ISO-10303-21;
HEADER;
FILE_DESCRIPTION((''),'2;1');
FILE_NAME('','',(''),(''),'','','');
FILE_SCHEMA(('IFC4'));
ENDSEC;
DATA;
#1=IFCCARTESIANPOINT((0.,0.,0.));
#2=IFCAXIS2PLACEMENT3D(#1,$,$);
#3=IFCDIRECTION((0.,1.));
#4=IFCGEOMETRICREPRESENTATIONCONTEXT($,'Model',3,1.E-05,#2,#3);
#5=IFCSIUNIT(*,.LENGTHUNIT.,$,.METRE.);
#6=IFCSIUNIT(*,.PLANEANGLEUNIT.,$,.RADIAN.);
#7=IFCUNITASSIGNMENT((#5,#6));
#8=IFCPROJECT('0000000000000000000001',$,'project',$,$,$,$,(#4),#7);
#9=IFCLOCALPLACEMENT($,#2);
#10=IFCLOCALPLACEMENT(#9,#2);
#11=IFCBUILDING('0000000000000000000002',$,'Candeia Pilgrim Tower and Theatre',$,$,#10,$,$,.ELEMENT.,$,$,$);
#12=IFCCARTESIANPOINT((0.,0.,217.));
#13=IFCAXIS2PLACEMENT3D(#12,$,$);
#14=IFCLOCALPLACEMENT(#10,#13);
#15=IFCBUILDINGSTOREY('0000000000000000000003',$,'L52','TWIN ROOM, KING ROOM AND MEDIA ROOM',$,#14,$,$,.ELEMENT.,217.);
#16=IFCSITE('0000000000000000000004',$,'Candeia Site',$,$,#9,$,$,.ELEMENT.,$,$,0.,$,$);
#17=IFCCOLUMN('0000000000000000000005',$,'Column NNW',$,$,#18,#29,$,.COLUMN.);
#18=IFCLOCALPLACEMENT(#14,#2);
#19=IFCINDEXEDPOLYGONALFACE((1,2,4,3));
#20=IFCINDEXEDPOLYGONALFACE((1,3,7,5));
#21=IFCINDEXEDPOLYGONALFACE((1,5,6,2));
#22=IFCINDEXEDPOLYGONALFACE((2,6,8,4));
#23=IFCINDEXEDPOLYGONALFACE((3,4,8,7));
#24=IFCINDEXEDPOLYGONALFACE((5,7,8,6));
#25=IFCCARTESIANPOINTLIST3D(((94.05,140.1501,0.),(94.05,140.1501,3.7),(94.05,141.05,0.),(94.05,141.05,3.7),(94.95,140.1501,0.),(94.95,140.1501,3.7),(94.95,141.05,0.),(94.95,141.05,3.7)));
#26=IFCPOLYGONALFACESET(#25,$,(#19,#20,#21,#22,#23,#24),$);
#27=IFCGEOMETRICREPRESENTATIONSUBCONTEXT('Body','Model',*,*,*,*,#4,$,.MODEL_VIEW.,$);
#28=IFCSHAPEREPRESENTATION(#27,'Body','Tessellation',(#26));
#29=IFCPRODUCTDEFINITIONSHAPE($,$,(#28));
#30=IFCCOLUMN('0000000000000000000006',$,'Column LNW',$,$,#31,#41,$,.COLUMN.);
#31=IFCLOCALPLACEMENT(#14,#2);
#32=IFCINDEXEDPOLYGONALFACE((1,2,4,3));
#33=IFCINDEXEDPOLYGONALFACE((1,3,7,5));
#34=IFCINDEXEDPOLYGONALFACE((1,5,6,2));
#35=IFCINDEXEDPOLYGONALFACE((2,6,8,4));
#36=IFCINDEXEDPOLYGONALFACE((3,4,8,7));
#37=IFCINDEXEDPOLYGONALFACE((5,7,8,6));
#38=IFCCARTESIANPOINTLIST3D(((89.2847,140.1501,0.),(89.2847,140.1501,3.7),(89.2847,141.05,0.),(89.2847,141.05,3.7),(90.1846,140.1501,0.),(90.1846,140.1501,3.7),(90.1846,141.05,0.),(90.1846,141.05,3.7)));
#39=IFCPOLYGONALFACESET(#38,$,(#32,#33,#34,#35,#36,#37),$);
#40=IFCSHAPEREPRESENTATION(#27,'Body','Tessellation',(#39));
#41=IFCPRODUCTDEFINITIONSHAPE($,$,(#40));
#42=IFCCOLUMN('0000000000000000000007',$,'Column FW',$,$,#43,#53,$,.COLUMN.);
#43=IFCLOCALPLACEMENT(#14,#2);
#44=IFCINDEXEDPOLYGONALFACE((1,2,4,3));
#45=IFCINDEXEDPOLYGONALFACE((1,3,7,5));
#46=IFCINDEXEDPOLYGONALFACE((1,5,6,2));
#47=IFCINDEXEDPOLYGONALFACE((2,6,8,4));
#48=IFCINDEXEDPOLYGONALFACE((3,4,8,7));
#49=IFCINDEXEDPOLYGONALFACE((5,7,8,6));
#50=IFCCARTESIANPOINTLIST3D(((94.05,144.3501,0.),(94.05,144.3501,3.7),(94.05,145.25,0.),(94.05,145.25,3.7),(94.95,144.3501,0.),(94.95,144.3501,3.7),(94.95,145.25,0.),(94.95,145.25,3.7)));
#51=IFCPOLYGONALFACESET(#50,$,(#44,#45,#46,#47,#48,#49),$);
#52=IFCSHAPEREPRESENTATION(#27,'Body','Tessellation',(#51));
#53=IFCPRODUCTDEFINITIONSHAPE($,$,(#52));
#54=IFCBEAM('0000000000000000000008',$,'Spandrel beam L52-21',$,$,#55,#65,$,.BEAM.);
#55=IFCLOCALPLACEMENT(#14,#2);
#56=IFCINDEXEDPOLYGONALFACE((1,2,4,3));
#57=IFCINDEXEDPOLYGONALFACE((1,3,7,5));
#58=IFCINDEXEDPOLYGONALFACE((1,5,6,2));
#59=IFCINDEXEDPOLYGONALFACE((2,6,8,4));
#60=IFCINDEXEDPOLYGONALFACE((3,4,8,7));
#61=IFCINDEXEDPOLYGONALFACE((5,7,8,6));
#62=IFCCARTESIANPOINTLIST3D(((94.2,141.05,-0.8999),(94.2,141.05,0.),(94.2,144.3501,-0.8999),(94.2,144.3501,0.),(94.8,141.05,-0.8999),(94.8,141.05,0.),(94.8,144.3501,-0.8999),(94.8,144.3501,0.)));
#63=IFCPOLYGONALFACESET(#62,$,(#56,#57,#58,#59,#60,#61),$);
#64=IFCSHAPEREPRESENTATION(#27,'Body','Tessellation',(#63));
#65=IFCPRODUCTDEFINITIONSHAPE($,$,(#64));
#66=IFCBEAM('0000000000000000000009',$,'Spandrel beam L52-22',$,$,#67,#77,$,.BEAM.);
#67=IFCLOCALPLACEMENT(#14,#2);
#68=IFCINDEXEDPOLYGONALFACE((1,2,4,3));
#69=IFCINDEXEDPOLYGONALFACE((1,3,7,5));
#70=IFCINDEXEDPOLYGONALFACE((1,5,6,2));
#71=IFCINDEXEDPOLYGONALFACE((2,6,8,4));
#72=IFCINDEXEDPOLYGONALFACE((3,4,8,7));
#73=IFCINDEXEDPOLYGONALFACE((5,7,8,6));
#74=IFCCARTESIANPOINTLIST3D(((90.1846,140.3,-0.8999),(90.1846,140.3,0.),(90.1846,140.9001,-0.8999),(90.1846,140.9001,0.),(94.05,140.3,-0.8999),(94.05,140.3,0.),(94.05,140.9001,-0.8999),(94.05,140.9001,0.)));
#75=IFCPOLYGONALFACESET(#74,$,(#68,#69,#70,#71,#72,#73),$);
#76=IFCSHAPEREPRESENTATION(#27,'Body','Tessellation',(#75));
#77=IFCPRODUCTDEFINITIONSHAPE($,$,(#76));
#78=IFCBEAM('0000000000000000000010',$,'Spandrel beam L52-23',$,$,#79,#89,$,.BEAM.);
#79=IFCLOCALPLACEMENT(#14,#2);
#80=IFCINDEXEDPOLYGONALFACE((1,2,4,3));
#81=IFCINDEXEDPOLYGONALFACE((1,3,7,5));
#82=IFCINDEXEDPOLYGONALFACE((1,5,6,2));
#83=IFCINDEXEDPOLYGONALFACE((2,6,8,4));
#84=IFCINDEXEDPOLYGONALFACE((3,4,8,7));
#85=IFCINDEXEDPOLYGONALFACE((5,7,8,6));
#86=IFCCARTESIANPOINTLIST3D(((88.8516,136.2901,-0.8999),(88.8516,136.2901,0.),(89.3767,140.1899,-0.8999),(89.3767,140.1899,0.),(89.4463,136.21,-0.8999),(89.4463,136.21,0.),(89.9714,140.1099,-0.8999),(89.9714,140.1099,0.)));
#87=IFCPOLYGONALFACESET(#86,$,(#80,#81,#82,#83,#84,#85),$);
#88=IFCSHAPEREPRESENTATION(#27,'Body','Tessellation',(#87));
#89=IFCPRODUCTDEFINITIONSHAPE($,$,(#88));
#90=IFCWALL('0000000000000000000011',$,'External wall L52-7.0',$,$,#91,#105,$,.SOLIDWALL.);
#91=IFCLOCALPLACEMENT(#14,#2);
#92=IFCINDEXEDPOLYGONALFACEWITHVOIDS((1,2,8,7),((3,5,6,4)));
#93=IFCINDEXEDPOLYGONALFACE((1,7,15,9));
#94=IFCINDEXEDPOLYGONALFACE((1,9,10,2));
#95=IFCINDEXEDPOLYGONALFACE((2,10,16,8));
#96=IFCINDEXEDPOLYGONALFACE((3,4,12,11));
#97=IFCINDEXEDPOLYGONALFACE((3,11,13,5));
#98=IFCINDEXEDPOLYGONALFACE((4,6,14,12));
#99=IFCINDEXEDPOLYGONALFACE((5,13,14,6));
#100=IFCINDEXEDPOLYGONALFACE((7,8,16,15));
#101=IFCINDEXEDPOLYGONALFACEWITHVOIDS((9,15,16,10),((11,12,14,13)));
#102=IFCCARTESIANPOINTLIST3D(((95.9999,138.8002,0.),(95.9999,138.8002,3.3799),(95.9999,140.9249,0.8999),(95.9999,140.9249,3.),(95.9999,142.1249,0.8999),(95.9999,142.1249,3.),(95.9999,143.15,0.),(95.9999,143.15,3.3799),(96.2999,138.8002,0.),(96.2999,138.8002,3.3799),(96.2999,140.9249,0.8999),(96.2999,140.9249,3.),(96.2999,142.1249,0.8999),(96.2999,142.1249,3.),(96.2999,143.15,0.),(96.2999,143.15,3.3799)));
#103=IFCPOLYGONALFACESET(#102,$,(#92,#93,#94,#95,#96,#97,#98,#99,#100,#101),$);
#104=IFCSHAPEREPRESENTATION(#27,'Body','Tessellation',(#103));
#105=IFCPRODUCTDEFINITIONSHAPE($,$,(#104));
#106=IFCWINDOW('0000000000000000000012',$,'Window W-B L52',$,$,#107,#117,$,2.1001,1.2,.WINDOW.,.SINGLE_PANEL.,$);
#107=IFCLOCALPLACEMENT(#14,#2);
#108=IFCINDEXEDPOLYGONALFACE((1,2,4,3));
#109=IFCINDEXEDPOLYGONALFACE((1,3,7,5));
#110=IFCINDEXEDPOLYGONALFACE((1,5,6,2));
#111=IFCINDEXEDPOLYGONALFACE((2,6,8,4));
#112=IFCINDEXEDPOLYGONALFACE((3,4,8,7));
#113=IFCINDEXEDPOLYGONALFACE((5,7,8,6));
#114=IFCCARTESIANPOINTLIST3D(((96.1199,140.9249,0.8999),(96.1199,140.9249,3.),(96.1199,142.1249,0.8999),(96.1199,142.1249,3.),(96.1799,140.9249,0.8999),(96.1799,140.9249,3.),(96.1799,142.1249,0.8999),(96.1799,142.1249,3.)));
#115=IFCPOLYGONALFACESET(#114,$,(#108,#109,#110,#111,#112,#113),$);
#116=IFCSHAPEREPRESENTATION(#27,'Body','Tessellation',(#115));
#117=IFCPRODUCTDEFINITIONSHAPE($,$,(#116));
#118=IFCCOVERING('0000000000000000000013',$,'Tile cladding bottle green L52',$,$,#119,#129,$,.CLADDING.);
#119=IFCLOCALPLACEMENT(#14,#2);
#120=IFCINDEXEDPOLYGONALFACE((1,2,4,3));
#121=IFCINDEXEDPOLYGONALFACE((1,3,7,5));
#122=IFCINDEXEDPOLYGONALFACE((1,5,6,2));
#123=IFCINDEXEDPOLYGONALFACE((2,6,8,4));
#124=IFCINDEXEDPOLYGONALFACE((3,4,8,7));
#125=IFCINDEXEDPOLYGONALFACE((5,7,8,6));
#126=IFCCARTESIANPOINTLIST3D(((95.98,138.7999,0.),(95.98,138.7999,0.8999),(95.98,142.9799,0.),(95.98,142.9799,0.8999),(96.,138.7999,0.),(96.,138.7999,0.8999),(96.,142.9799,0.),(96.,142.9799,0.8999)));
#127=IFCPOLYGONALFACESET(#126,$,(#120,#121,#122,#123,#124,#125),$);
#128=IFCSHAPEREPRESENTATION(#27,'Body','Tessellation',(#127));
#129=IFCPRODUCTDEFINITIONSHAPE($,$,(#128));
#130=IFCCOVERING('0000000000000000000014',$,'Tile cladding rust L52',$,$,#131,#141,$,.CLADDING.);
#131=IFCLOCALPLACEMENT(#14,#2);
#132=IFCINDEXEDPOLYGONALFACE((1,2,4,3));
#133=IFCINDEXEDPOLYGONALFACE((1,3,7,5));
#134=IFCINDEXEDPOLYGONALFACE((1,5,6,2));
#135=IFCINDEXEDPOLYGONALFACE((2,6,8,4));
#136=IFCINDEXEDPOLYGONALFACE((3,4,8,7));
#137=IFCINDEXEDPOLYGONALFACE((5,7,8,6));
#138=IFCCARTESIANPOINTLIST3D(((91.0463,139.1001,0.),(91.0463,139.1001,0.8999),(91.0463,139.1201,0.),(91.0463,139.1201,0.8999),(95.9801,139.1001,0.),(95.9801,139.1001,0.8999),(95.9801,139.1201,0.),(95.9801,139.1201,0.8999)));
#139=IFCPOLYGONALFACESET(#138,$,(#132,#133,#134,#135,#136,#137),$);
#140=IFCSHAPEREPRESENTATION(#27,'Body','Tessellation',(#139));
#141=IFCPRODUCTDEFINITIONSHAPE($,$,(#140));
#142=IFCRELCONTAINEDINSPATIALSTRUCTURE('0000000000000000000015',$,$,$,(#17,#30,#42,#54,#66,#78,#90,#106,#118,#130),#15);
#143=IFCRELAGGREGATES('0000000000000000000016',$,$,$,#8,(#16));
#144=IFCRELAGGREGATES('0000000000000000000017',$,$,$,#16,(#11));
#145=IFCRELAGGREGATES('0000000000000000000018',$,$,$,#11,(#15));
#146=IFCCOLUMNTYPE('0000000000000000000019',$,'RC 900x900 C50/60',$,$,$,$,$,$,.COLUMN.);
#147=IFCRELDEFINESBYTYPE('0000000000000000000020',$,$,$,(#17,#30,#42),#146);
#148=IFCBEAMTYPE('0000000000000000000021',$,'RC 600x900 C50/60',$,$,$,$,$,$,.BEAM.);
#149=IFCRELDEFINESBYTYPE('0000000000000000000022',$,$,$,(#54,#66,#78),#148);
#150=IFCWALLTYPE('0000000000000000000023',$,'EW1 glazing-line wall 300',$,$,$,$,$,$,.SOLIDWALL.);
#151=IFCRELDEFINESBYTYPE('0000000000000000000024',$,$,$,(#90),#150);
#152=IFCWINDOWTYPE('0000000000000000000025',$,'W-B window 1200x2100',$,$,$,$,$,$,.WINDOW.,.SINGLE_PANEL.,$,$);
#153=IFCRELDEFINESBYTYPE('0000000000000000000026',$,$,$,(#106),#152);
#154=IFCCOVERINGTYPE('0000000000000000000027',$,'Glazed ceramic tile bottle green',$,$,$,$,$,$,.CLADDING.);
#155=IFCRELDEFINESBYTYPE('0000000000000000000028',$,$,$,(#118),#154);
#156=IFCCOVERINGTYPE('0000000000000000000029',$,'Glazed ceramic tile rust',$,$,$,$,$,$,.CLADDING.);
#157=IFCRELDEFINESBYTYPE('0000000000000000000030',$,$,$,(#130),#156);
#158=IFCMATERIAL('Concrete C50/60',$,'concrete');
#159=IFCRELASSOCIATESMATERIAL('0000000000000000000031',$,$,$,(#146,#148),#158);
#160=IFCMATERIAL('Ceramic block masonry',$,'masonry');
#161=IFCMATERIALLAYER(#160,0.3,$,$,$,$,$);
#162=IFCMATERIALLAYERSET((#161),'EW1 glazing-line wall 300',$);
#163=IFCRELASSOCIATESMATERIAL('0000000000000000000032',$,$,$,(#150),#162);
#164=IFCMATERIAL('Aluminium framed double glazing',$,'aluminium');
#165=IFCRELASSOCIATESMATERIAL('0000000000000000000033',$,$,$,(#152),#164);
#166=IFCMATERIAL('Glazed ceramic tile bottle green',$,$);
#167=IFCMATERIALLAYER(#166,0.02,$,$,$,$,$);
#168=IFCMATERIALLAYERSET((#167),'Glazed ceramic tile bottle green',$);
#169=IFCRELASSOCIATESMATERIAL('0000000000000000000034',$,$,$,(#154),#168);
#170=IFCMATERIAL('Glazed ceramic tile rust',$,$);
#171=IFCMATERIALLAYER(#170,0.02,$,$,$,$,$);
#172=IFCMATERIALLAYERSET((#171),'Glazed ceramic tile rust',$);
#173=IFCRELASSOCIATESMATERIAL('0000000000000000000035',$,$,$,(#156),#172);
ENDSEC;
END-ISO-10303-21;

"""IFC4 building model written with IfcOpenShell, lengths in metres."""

from ifc_helpers import new_model, si_unit, direction, frame, frame_2d, origin, origin_2d, place, context, subcontext, project, spatial, rectangle, extrude, material, layer, layer_set, material_profile, profile_set, type_object, element, fill, save


model = new_model("IFC4")

# Units and contexts
model_context = context("Model", 3, precision=1e-05, world=origin(), true_north=direction((0.0, 1.0)))
body_context = subcontext(model_context, "Body", "Model", "MODEL_VIEW")
ifc_project = project(units=[si_unit("LENGTHUNIT", "METRE"), si_unit("PLANEANGLEUNIT", "RADIAN")], contexts=[model_context])

# Site, building, storey
site_placement = place(None, origin())
site = spatial("IfcSite", under=ifc_project, at=site_placement, Name="Candeia Site", CompositionType="ELEMENT", RefElevation=0.0)
building_placement = place(site_placement, origin())
building = spatial("IfcBuilding", under=site, at=building_placement, Name="Candeia Pilgrim Tower and Theatre", CompositionType="ELEMENT")
storey_placement = place(building_placement, frame((0.0, 0.0, 217.0)))
storey = spatial("IfcBuildingStorey", under=building, at=storey_placement, Name="L52", Description="TWIN ROOM, KING ROOM AND MEDIA ROOM", CompositionType="ELEMENT", Elevation=217.0)

# Columns
ifc_material_1 = material(Name="Concrete C50/60", Category="concrete")
ifc_material_profile_1 = material_profile(ifc_material_1, rectangle(XDim=0.8999, YDim=0.8999, at=origin_2d()))
ifc_profile_set_1 = profile_set([ifc_material_profile_1], Name="Concrete C50/60")
column_type = type_object("IfcColumnType", Name="RC 900x900 C50/60", PredefinedType="COLUMN", material=ifc_profile_set_1)
for number, where, z_axis, x_axis, name in (
    (1, (94.5, 140.6001, 0.0), (0.0, 0.0, 1.0), (1.0, 0.0, 0.0), "Column NNW"),
    (2, (89.7346, 140.6001, 0.0), (0.0, 0.0, 1.0), (1.0, 0.0, 0.0), "Column LNW"),
    (3, (94.5, 144.8, 0.0), (0.0, 0.0, 1.0), (1.0, 0.0, 0.0), "Column FW"),
):
    element("IfcColumn", number, at=place(storey_placement, frame(where, z_axis=z_axis, x_axis=x_axis)), inside=storey, type_object=column_type, Name=name, PredefinedType="COLUMN", context=body_context, shape_type="SweptSolid", body=[
        extrude(rectangle(XDim=0.8999, YDim=0.8999, at=origin_2d()), origin(), (0.0, 0.0, 1.0), 3.7),
    ])

# Beams
ifc_material_profile_2 = material_profile(ifc_material_1, rectangle(XDim=0.6001, YDim=0.8999, at=origin_2d()))
ifc_profile_set_2 = profile_set([ifc_material_profile_2], Name="Concrete C50/60")
beam_type = type_object("IfcBeamType", Name="RC 600x900 C50/60", PredefinedType="BEAM", material=ifc_profile_set_2)
beam_1_placement = place(storey_placement, frame((94.5, 144.3501, -0.45), z_axis=(0.0, -1.0, 0.0), x_axis=(1.0, 0.0, 0.0)))
element("IfcBeam", 4, at=beam_1_placement, inside=storey, type_object=beam_type, Name="Spandrel beam L52-21", PredefinedType="BEAM", context=body_context, shape_type="SweptSolid", body=[
    extrude(rectangle(XDim=0.6001, YDim=0.8999, at=origin_2d()), origin(), (0.0, 0.0, 1.0), 3.3),
])
beam_2_placement = place(storey_placement, frame((94.05, 140.6001, -0.45), z_axis=(-1.0, 0.0, 0.0), x_axis=(0.0, -1.0, 0.0)))
element("IfcBeam", 5, at=beam_2_placement, inside=storey, type_object=beam_type, Name="Spandrel beam L52-22", PredefinedType="BEAM", context=body_context, shape_type="SweptSolid", body=[
    extrude(rectangle(XDim=0.6001, YDim=0.8999, at=origin_2d()), origin(), (0.0, 0.0, 1.0), 3.8655),
])
beam_3_placement = place(storey_placement, frame((89.6741, 140.1499, -0.45), z_axis=(-0.133452, -0.991055, 0.0), x_axis=(0.991055, -0.133452, 0.0)))
element("IfcBeam", 6, at=beam_3_placement, inside=storey, type_object=beam_type, Name="Spandrel beam L52-23", PredefinedType="BEAM", context=body_context, shape_type="SweptSolid", body=[
    extrude(rectangle(XDim=0.6001, YDim=0.8999, at=origin_2d()), origin(), (0.0, 0.0, 1.0), 3.9351),
])

# Wall, opening, window
ifc_material_2 = material(Name="Ceramic block masonry", Category="masonry")
ifc_layer_1 = layer(ifc_material_2, 0.3)
ifc_layer_set_1 = layer_set([ifc_layer_1], Name="EW1 glazing-line wall 300")
wall_type = type_object("IfcWallType", Name="EW1 glazing-line wall 300", PredefinedType="SOLIDWALL", material=ifc_layer_set_1)
wall_placement = place(storey_placement, frame((96.1499, 143.1499, 0.0), z_axis=(0.0, 0.0, 1.0), x_axis=(0.0, -1.0, 0.0)))
wall = element("IfcWall", 7, at=wall_placement, inside=storey, type_object=wall_type, Name="External wall L52-7.0", PredefinedType="SOLIDWALL", context=body_context, shape_type="SweptSolid", body=[
    extrude(rectangle(XDim=4.3499, YDim=0.3, at=frame_2d((2.1748, 0.0))), origin(), (0.0, 0.0, 1.0), 3.3799),
])
opening_placement = place(wall_placement, frame((1.0249, 0.0, 0.8999)))
opening = element("IfcOpeningElement", 8, at=opening_placement, cuts=wall, PredefinedType="OPENING", context=body_context, shape_type="SweptSolid", body=[
    extrude(rectangle(XDim=1.2, YDim=2.1001, at=frame_2d((0.6001, 1.05))), frame((0.0, 0.1602, 0.0), z_axis=(0.0, -1.0, 0.0), x_axis=(1.0, 0.0, 0.0)), (0.0, 0.0, 1.0), 0.3201),
])
ifc_material_3 = material(Name="Aluminium framed double glazing", Category="aluminium")
window_type = type_object("IfcWindowType", Name="W-B window 1200x2100", PartitioningType="SINGLE_PANEL", PredefinedType="WINDOW", material=ifc_material_3)
window_placement = place(opening_placement, origin())
window = element("IfcWindow", 9, at=window_placement, inside=storey, type_object=window_type, Name="Window W-B L52", OverallHeight=2.1001, OverallWidth=1.2, PartitioningType="SINGLE_PANEL", PredefinedType="WINDOW", context=body_context, shape_type="SweptSolid", body=[
    extrude(rectangle(XDim=1.2, YDim=2.1001, at=frame_2d((0.6001, 1.05))), frame((0.0, 0.03, 0.0), z_axis=(0.0, -1.0, 0.0), x_axis=(1.0, 0.0, 0.0)), (0.0, 0.0, 1.0), 0.0601),
])
fill(opening, window)

# Coverings
ifc_material_4 = material(Name="Glazed ceramic tile bottle green")
ifc_layer_2 = layer(ifc_material_4, 0.02)
ifc_layer_set_2 = layer_set([ifc_layer_2], Name="Glazed ceramic tile bottle green")
covering_type_1 = type_object("IfcCoveringType", Name="Glazed ceramic tile bottle green", PredefinedType="CLADDING", material=ifc_layer_set_2)
covering_1_placement = place(storey_placement, frame((95.99, 140.8899, 0.0), z_axis=(0.0, 0.0, 1.0), x_axis=(0.0, -1.0, 0.0)))
element("IfcCovering", 10, at=covering_1_placement, inside=storey, type_object=covering_type_1, Name="Tile cladding bottle green L52", PredefinedType="CLADDING", context=body_context, shape_type="SweptSolid", body=[
    extrude(rectangle(XDim=4.1799, YDim=0.02, at=origin_2d()), origin(), (0.0, 0.0, 1.0), 0.8999),
])
ifc_material_5 = material(Name="Glazed ceramic tile rust")
ifc_layer_3 = layer(ifc_material_5, 0.02)
ifc_layer_set_3 = layer_set([ifc_layer_3], Name="Glazed ceramic tile rust")
covering_type_2 = type_object("IfcCoveringType", Name="Glazed ceramic tile rust", PredefinedType="CLADDING", material=ifc_layer_set_3)
covering_2_placement = place(storey_placement, frame((93.5132, 139.1101, 0.0), z_axis=(0.0, 0.0, 1.0), x_axis=(-1.0, 0.0, 0.0)))
element("IfcCovering", 11, at=covering_2_placement, inside=storey, type_object=covering_type_2, Name="Tile cladding rust L52", PredefinedType="CLADDING", context=body_context, shape_type="SweptSolid", body=[
    extrude(rectangle(XDim=4.9338, YDim=0.02, at=origin_2d()), origin(), (0.0, 0.0, 1.0), 0.8999),
])

save(model, "model.ifc")
